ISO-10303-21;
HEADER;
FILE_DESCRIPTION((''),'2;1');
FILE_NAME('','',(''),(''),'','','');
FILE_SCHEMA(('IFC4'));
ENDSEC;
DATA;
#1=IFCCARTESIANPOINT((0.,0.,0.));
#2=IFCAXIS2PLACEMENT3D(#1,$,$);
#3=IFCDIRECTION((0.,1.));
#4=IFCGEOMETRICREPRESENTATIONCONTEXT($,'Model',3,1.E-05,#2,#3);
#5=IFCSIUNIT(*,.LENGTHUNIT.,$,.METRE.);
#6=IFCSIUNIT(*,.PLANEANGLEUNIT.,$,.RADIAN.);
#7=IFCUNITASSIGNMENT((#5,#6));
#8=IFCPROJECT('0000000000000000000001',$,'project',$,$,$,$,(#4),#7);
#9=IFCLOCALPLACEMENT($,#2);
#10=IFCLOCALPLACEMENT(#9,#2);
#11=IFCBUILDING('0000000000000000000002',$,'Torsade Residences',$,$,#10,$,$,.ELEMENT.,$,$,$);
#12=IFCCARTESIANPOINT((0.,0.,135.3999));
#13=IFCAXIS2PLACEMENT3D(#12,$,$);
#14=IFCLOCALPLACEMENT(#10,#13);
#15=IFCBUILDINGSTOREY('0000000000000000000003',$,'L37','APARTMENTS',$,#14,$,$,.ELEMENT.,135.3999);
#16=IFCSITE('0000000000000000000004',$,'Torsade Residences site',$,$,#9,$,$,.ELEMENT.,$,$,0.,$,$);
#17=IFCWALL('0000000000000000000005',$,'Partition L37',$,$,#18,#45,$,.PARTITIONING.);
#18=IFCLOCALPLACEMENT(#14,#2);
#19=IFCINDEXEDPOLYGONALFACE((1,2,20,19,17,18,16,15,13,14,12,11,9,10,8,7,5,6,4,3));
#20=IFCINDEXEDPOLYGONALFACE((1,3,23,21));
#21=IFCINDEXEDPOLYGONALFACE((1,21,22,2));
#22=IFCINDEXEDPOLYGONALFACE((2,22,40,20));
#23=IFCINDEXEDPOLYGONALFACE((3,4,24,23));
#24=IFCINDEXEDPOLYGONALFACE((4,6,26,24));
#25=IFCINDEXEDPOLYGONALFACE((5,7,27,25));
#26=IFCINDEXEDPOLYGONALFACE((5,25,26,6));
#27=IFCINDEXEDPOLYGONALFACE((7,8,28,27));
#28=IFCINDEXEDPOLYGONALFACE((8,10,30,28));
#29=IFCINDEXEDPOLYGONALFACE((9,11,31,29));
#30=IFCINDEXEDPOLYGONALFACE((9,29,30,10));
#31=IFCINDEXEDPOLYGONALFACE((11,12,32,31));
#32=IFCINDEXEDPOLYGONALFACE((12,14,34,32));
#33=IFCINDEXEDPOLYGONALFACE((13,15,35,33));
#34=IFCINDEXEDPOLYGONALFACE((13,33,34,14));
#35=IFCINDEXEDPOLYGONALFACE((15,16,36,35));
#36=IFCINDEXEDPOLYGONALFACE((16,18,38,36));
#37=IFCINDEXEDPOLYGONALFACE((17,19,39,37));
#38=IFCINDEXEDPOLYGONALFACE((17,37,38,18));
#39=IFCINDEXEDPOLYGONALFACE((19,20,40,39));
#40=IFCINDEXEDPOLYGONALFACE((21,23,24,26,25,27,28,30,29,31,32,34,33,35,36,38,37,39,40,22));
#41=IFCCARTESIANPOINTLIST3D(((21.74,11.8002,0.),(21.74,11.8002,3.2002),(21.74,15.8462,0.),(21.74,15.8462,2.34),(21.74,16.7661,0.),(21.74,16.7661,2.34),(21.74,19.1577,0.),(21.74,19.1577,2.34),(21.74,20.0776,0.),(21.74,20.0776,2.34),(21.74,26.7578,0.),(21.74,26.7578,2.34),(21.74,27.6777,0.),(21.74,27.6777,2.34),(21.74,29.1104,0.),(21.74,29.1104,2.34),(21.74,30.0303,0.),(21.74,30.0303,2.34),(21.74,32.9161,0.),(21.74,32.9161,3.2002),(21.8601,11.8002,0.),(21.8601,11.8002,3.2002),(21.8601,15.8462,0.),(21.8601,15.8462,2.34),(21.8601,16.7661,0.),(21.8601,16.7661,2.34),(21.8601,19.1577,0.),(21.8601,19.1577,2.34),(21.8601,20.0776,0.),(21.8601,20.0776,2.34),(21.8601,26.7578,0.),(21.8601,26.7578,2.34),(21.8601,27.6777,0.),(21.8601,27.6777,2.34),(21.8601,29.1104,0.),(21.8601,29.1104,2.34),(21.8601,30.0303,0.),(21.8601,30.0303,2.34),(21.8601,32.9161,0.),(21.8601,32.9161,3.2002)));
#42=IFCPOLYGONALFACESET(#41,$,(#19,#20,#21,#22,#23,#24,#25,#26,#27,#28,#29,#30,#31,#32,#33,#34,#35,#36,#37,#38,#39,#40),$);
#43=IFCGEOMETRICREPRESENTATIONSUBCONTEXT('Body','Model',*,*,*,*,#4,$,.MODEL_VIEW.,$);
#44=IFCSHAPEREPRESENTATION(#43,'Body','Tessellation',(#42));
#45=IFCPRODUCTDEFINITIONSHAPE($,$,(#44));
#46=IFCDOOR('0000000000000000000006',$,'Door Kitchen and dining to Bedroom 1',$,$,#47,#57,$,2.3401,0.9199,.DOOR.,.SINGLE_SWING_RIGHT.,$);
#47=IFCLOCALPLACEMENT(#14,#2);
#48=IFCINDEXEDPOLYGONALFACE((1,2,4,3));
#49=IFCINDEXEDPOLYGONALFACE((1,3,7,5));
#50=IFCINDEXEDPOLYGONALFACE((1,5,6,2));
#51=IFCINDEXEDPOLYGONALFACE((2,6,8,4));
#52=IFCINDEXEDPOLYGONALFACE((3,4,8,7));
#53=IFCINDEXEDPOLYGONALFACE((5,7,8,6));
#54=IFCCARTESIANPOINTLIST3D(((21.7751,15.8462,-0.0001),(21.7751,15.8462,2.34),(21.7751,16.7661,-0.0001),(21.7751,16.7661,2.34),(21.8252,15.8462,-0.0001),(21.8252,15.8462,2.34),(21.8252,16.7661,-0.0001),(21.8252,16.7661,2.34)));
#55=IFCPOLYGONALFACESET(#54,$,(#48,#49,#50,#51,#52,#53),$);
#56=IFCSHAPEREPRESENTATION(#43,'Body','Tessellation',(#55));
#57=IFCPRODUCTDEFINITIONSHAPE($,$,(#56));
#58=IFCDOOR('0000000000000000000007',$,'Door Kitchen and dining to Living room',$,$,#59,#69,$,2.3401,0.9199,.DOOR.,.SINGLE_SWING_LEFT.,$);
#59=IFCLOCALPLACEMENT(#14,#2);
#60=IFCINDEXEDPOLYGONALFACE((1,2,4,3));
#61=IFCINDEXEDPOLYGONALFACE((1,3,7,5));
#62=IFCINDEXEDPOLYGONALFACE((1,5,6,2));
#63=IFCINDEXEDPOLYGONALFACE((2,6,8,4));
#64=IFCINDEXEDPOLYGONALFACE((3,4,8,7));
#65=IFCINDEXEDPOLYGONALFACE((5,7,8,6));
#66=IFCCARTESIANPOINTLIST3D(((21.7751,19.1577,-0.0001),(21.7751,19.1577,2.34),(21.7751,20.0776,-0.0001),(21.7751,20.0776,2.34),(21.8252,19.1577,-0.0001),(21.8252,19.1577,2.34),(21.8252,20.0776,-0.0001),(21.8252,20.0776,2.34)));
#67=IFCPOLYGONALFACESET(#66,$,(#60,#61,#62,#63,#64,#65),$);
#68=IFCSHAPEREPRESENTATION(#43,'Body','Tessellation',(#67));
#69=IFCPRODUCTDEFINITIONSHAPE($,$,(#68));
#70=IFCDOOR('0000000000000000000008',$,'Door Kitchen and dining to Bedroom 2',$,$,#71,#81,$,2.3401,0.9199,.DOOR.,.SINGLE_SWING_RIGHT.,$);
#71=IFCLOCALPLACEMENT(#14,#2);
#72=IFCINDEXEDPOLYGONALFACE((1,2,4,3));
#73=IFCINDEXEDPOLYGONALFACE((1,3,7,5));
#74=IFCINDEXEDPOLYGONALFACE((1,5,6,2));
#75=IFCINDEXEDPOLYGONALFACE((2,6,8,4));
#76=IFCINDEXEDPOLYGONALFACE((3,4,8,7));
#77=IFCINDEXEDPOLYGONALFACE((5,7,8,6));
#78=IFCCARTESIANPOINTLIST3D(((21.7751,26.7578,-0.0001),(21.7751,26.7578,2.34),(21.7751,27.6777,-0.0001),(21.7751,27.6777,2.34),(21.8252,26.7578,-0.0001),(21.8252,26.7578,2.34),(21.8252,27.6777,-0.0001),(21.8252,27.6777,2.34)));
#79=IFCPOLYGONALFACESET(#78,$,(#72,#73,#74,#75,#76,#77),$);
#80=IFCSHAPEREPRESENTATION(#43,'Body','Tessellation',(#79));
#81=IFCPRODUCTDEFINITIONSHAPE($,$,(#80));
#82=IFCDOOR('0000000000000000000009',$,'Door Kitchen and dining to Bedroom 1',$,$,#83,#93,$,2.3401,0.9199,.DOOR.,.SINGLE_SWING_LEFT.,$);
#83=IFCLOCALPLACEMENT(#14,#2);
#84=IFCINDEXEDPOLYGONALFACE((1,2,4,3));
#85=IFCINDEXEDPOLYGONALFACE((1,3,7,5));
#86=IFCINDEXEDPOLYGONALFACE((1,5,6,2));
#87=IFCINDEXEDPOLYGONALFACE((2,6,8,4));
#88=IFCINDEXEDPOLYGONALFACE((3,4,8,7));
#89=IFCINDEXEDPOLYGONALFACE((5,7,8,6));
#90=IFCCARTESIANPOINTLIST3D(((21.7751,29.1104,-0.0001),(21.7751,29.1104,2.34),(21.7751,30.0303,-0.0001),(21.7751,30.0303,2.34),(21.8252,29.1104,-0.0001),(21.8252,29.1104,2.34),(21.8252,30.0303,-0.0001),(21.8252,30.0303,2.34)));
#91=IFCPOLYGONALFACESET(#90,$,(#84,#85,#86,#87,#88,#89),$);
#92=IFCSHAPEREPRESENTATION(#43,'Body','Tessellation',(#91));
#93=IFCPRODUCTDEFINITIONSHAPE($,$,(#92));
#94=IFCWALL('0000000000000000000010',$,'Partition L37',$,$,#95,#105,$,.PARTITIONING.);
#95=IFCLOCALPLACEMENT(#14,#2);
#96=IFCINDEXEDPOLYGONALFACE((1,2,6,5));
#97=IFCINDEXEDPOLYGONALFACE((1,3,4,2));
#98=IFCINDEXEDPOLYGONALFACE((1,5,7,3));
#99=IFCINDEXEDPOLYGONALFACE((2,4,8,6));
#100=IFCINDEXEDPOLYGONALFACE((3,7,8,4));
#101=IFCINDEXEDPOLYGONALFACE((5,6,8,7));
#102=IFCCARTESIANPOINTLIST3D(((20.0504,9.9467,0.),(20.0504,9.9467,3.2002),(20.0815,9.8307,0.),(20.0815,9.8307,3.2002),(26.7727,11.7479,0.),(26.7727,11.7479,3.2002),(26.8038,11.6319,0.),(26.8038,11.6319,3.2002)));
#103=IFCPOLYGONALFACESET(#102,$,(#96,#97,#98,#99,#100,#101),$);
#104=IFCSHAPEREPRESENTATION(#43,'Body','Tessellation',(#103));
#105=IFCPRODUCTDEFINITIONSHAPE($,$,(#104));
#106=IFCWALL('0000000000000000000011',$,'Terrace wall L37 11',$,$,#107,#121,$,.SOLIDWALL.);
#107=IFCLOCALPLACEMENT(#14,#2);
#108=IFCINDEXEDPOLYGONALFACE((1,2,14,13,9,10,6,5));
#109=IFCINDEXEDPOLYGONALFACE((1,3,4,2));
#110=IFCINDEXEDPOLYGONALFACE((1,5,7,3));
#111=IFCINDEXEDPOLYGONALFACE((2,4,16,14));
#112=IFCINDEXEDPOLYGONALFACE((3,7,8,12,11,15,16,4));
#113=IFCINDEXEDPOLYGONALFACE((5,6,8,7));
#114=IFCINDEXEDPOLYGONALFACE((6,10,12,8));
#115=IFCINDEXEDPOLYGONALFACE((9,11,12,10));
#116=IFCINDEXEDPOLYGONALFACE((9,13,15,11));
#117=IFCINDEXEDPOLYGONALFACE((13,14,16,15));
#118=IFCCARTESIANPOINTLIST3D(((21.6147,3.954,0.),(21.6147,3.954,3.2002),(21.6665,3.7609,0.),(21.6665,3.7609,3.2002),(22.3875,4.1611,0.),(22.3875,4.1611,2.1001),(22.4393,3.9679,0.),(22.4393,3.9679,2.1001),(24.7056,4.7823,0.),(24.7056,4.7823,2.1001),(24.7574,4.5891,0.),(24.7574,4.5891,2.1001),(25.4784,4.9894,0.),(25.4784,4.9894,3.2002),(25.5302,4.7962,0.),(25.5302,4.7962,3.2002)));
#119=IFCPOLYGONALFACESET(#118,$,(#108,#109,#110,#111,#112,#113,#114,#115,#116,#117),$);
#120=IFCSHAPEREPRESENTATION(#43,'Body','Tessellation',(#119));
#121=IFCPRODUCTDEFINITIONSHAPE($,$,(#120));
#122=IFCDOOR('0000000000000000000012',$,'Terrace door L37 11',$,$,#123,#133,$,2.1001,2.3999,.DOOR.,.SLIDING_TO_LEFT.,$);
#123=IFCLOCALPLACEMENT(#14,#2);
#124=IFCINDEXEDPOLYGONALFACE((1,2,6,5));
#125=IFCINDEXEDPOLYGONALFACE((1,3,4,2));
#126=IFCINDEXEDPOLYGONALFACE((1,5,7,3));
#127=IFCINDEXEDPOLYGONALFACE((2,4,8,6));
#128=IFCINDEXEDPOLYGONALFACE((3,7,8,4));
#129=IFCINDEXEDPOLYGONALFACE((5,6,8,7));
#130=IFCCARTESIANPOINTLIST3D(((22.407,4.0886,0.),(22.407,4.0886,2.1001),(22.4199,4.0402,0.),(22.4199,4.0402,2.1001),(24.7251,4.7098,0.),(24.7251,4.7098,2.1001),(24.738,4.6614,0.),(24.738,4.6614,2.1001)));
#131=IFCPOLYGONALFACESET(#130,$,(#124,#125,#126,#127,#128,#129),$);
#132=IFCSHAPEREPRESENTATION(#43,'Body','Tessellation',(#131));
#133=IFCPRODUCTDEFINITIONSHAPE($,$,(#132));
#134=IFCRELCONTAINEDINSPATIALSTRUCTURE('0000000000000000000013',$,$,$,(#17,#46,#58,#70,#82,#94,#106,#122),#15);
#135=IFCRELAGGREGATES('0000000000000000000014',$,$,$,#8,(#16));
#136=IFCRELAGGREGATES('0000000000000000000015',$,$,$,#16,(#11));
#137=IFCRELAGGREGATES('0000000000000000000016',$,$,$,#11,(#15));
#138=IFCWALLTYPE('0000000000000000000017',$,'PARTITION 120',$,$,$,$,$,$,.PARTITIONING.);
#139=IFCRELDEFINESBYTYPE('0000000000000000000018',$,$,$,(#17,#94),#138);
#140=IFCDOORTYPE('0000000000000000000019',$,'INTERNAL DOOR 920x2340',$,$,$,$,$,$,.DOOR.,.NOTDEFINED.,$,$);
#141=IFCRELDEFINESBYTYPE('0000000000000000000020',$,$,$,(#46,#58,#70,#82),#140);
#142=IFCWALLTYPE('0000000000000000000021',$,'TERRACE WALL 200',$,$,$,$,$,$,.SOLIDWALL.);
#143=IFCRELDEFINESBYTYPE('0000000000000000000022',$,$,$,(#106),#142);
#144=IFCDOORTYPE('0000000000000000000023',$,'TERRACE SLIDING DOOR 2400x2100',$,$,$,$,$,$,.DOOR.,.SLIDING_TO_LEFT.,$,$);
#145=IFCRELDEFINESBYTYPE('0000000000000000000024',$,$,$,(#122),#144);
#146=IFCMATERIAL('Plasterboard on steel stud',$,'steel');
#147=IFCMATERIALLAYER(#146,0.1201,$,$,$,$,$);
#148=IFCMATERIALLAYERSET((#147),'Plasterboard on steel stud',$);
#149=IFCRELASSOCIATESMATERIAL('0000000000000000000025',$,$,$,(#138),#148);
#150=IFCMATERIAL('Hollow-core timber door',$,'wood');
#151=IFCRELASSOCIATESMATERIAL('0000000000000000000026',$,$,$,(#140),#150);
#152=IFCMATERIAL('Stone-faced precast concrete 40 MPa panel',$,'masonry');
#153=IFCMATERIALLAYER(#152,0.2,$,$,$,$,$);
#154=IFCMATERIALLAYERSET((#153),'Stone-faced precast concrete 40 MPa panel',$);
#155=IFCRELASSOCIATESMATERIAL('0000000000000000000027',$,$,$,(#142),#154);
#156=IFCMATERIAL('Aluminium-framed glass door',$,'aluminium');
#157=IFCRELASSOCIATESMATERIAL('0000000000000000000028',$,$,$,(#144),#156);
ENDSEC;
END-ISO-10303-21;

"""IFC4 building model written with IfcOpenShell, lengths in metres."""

from ifc_helpers import new_model, si_unit, direction, frame, frame_2d, origin, place, context, subcontext, project, spatial, rectangle, extrude, material, layer, layer_set, type_object, element, fill, save


model = new_model("IFC4")

# Units and contexts
model_context = context("Model", 3, precision=1e-05, world=origin(), true_north=direction((0.0, 1.0)))
body_context = subcontext(model_context, "Body", "Model", "MODEL_VIEW")
ifc_project = project(units=[si_unit("LENGTHUNIT", "METRE"), si_unit("PLANEANGLEUNIT", "RADIAN")], contexts=[model_context])

# Site, building, storey
site_placement = place(None, origin())
site = spatial("IfcSite", under=ifc_project, at=site_placement, Name="Torsade Residences site", CompositionType="ELEMENT", RefElevation=0.0)
building_placement = place(site_placement, origin())
building = spatial("IfcBuilding", under=site, at=building_placement, Name="Torsade Residences", CompositionType="ELEMENT")
storey_placement = place(building_placement, frame((0.0, 0.0, 135.3999)))
storey = spatial("IfcBuildingStorey", under=building, at=storey_placement, Name="L37", Description="APARTMENTS", CompositionType="ELEMENT", Elevation=135.3999)

# Wall, openings, doors
ifc_material_1 = material(Name="Plasterboard on steel stud", Category="steel")
ifc_layer_1 = layer(ifc_material_1, 0.1201)
ifc_layer_set_1 = layer_set([ifc_layer_1], Name="Plasterboard on steel stud")
wall_type_1 = type_object("IfcWallType", Name="PARTITION 120", PredefinedType="PARTITIONING", material=ifc_layer_set_1)
wall_1_placement = place(storey_placement, frame((21.8, 11.8, 0.0), z_axis=(0.0, 0.0, 1.0), x_axis=(0.0, 1.0, 0.0)))
wall_1 = element("IfcWall", 1, at=wall_1_placement, inside=storey, type_object=wall_type_1, Name="Partition L37", PredefinedType="PARTITIONING", context=body_context, shape_type="SweptSolid", body=[
    extrude(rectangle(XDim=21.116, YDim=0.1201, at=frame_2d((10.5581, 0.0))), origin(), (0.0, 0.0, 1.0), 3.2002),
])
opening_1_placement = place(wall_1_placement, frame((4.0461, 0.0, 0.0)))
opening_1 = element("IfcOpeningElement", 2, at=opening_1_placement, cuts=wall_1, PredefinedType="OPENING", context=body_context, shape_type="SweptSolid", body=[
    extrude(rectangle(XDim=0.9199, YDim=2.3401, at=frame_2d((0.46, 1.1699))), frame((0.0, 0.0701, 0.0), z_axis=(0.0, -1.0, 0.0), x_axis=(1.0, 0.0, 0.0)), (0.0, 0.0, 1.0), 0.1401),
])
opening_2_placement = place(wall_1_placement, frame((7.3577, 0.0, 0.0)))
opening_2 = element("IfcOpeningElement", 3, at=opening_2_placement, cuts=wall_1, PredefinedType="OPENING", context=body_context, shape_type="SweptSolid", body=[
    extrude(rectangle(XDim=0.9199, YDim=2.3401, at=frame_2d((0.46, 1.1699))), frame((0.0, 0.0701, 0.0), z_axis=(0.0, -1.0, 0.0), x_axis=(1.0, 0.0, 0.0)), (0.0, 0.0, 1.0), 0.1401),
])
opening_3_placement = place(wall_1_placement, frame((14.9578, 0.0, 0.0)))
opening_3 = element("IfcOpeningElement", 4, at=opening_3_placement, cuts=wall_1, PredefinedType="OPENING", context=body_context, shape_type="SweptSolid", body=[
    extrude(rectangle(XDim=0.9199, YDim=2.3401, at=frame_2d((0.46, 1.1699))), frame((0.0, 0.0701, 0.0), z_axis=(0.0, -1.0, 0.0), x_axis=(1.0, 0.0, 0.0)), (0.0, 0.0, 1.0), 0.1401),
])
opening_4_placement = place(wall_1_placement, frame((17.3103, 0.0, 0.0)))
opening_4 = element("IfcOpeningElement", 5, at=opening_4_placement, cuts=wall_1, PredefinedType="OPENING", context=body_context, shape_type="SweptSolid", body=[
    extrude(rectangle(XDim=0.9199, YDim=2.3401, at=frame_2d((0.46, 1.1699))), frame((0.0, 0.0701, 0.0), z_axis=(0.0, -1.0, 0.0), x_axis=(1.0, 0.0, 0.0)), (0.0, 0.0, 1.0), 0.1401),
])
ifc_material_2 = material(Name="Hollow-core timber door", Category="wood")
door_type_1 = type_object("IfcDoorType", Name="INTERNAL DOOR 920x2340", OperationType="NOTDEFINED", PredefinedType="DOOR", material=ifc_material_2)
door_1_placement = place(opening_1_placement, origin())
door_1 = element("IfcDoor", 6, at=door_1_placement, inside=storey, type_object=door_type_1, Name="Door Kitchen and dining to Bedroom 1", OperationType="SINGLE_SWING_RIGHT", OverallHeight=2.3401, OverallWidth=0.9199, PredefinedType="DOOR", context=body_context, shape_type="SweptSolid", body=[
    extrude(rectangle(XDim=0.9199, YDim=2.3401, at=frame_2d((0.46, 1.1699))), frame((0.0, 0.0249, 0.0), z_axis=(0.0, -1.0, 0.0), x_axis=(1.0, 0.0, 0.0)), (0.0, 0.0, 1.0), 0.05),
])
fill(opening_1, door_1)
door_2_placement = place(opening_2_placement, origin())
door_2 = element("IfcDoor", 7, at=door_2_placement, inside=storey, type_object=door_type_1, Name="Door Kitchen and dining to Living room", OperationType="SINGLE_SWING_LEFT", OverallHeight=2.3401, OverallWidth=0.9199, PredefinedType="DOOR", context=body_context, shape_type="SweptSolid", body=[
    extrude(rectangle(XDim=0.9199, YDim=2.3401, at=frame_2d((0.46, 1.1699))), frame((0.0, 0.0249, 0.0), z_axis=(0.0, -1.0, 0.0), x_axis=(1.0, 0.0, 0.0)), (0.0, 0.0, 1.0), 0.05),
])
fill(opening_2, door_2)
door_3_placement = place(opening_3_placement, origin())
door_3 = element("IfcDoor", 8, at=door_3_placement, inside=storey, type_object=door_type_1, Name="Door Kitchen and dining to Bedroom 2", OperationType="SINGLE_SWING_RIGHT", OverallHeight=2.3401, OverallWidth=0.9199, PredefinedType="DOOR", context=body_context, shape_type="SweptSolid", body=[
    extrude(rectangle(XDim=0.9199, YDim=2.3401, at=frame_2d((0.46, 1.1699))), frame((0.0, 0.0249, 0.0), z_axis=(0.0, -1.0, 0.0), x_axis=(1.0, 0.0, 0.0)), (0.0, 0.0, 1.0), 0.05),
])
fill(opening_3, door_3)
door_4_placement = place(opening_4_placement, origin())
door_4 = element("IfcDoor", 9, at=door_4_placement, inside=storey, type_object=door_type_1, Name="Door Kitchen and dining to Bedroom 1", OperationType="SINGLE_SWING_LEFT", OverallHeight=2.3401, OverallWidth=0.9199, PredefinedType="DOOR", context=body_context, shape_type="SweptSolid", body=[
    extrude(rectangle(XDim=0.9199, YDim=2.3401, at=frame_2d((0.46, 1.1699))), frame((0.0, 0.0249, 0.0), z_axis=(0.0, -1.0, 0.0), x_axis=(1.0, 0.0, 0.0)), (0.0, 0.0, 1.0), 0.05),
])
fill(opening_4, door_4)

# Wall
wall_2_placement = place(storey_placement, frame((20.0659, 9.8887, 0.0), z_axis=(0.0, 0.0, 1.0), x_axis=(0.965926, 0.25882, 0.0)))
element("IfcWall", 10, at=wall_2_placement, inside=storey, type_object=wall_type_1, Name="Partition L37", PredefinedType="PARTITIONING", context=body_context, shape_type="SweptSolid", body=[
    extrude(rectangle(XDim=6.9595, YDim=0.1201, at=frame_2d((3.4797, 0.0))), origin(), (0.0, 0.0, 1.0), 3.2002),
])

# Wall, opening, door
ifc_material_3 = material(Name="Stone-faced precast concrete 40 MPa panel", Category="masonry")
ifc_layer_2 = layer(ifc_material_3, 0.2)
ifc_layer_set_2 = layer_set([ifc_layer_2], Name="Stone-faced precast concrete 40 MPa panel")
wall_type_2 = type_object("IfcWallType", Name="TERRACE WALL 200", PredefinedType="SOLIDWALL", material=ifc_layer_set_2)
wall_3_placement = place(storey_placement, frame((21.6406, 3.8574, 0.0), z_axis=(0.0, 0.0, 1.0), x_axis=(0.965919, 0.258844, 0.0)))
wall_3 = element("IfcWall", 11, at=wall_3_placement, inside=storey, type_object=wall_type_2, Name="Terrace wall L37 11", PredefinedType="SOLIDWALL", context=body_context, shape_type="SweptSolid", body=[
    extrude(rectangle(XDim=4.0, YDim=0.2, at=frame_2d((2.0, 0.0))), origin(), (0.0, 0.0, 1.0), 3.2002),
])
opening_5_placement = place(wall_3_placement, frame((0.8, 0.0, 0.0)))
opening_5 = element("IfcOpeningElement", 12, at=opening_5_placement, cuts=wall_3, PredefinedType="OPENING", context=body_context, shape_type="SweptSolid", body=[
    extrude(rectangle(XDim=2.3999, YDim=2.1001, at=frame_2d((1.2, 1.05))), frame((0.0, 0.1099, 0.0), z_axis=(0.0, -1.0, 0.0), x_axis=(1.0, 0.0, 0.0)), (0.0, 0.0, 1.0), 0.22),
])
ifc_material_4 = material(Name="Aluminium-framed glass door", Category="aluminium")
door_type_2 = type_object("IfcDoorType", Name="TERRACE SLIDING DOOR 2400x2100", OperationType="SLIDING_TO_LEFT", PredefinedType="DOOR", material=ifc_material_4)
door_5_placement = place(opening_5_placement, origin())
door_5 = element("IfcDoor", 13, at=door_5_placement, inside=storey, type_object=door_type_2, Name="Terrace door L37 11", OperationType="SLIDING_TO_LEFT", OverallHeight=2.1001, OverallWidth=2.3999, PredefinedType="DOOR", context=body_context, shape_type="SweptSolid", body=[
    extrude(rectangle(XDim=2.3999, YDim=2.1001, at=frame_2d((1.2, 1.05))), frame((0.0, 0.0249, 0.0), z_axis=(0.0, -1.0, 0.0), x_axis=(1.0, 0.0, 0.0)), (0.0, 0.0, 1.0), 0.05),
])
fill(opening_5, door_5)

save(model, "model.ifc")
